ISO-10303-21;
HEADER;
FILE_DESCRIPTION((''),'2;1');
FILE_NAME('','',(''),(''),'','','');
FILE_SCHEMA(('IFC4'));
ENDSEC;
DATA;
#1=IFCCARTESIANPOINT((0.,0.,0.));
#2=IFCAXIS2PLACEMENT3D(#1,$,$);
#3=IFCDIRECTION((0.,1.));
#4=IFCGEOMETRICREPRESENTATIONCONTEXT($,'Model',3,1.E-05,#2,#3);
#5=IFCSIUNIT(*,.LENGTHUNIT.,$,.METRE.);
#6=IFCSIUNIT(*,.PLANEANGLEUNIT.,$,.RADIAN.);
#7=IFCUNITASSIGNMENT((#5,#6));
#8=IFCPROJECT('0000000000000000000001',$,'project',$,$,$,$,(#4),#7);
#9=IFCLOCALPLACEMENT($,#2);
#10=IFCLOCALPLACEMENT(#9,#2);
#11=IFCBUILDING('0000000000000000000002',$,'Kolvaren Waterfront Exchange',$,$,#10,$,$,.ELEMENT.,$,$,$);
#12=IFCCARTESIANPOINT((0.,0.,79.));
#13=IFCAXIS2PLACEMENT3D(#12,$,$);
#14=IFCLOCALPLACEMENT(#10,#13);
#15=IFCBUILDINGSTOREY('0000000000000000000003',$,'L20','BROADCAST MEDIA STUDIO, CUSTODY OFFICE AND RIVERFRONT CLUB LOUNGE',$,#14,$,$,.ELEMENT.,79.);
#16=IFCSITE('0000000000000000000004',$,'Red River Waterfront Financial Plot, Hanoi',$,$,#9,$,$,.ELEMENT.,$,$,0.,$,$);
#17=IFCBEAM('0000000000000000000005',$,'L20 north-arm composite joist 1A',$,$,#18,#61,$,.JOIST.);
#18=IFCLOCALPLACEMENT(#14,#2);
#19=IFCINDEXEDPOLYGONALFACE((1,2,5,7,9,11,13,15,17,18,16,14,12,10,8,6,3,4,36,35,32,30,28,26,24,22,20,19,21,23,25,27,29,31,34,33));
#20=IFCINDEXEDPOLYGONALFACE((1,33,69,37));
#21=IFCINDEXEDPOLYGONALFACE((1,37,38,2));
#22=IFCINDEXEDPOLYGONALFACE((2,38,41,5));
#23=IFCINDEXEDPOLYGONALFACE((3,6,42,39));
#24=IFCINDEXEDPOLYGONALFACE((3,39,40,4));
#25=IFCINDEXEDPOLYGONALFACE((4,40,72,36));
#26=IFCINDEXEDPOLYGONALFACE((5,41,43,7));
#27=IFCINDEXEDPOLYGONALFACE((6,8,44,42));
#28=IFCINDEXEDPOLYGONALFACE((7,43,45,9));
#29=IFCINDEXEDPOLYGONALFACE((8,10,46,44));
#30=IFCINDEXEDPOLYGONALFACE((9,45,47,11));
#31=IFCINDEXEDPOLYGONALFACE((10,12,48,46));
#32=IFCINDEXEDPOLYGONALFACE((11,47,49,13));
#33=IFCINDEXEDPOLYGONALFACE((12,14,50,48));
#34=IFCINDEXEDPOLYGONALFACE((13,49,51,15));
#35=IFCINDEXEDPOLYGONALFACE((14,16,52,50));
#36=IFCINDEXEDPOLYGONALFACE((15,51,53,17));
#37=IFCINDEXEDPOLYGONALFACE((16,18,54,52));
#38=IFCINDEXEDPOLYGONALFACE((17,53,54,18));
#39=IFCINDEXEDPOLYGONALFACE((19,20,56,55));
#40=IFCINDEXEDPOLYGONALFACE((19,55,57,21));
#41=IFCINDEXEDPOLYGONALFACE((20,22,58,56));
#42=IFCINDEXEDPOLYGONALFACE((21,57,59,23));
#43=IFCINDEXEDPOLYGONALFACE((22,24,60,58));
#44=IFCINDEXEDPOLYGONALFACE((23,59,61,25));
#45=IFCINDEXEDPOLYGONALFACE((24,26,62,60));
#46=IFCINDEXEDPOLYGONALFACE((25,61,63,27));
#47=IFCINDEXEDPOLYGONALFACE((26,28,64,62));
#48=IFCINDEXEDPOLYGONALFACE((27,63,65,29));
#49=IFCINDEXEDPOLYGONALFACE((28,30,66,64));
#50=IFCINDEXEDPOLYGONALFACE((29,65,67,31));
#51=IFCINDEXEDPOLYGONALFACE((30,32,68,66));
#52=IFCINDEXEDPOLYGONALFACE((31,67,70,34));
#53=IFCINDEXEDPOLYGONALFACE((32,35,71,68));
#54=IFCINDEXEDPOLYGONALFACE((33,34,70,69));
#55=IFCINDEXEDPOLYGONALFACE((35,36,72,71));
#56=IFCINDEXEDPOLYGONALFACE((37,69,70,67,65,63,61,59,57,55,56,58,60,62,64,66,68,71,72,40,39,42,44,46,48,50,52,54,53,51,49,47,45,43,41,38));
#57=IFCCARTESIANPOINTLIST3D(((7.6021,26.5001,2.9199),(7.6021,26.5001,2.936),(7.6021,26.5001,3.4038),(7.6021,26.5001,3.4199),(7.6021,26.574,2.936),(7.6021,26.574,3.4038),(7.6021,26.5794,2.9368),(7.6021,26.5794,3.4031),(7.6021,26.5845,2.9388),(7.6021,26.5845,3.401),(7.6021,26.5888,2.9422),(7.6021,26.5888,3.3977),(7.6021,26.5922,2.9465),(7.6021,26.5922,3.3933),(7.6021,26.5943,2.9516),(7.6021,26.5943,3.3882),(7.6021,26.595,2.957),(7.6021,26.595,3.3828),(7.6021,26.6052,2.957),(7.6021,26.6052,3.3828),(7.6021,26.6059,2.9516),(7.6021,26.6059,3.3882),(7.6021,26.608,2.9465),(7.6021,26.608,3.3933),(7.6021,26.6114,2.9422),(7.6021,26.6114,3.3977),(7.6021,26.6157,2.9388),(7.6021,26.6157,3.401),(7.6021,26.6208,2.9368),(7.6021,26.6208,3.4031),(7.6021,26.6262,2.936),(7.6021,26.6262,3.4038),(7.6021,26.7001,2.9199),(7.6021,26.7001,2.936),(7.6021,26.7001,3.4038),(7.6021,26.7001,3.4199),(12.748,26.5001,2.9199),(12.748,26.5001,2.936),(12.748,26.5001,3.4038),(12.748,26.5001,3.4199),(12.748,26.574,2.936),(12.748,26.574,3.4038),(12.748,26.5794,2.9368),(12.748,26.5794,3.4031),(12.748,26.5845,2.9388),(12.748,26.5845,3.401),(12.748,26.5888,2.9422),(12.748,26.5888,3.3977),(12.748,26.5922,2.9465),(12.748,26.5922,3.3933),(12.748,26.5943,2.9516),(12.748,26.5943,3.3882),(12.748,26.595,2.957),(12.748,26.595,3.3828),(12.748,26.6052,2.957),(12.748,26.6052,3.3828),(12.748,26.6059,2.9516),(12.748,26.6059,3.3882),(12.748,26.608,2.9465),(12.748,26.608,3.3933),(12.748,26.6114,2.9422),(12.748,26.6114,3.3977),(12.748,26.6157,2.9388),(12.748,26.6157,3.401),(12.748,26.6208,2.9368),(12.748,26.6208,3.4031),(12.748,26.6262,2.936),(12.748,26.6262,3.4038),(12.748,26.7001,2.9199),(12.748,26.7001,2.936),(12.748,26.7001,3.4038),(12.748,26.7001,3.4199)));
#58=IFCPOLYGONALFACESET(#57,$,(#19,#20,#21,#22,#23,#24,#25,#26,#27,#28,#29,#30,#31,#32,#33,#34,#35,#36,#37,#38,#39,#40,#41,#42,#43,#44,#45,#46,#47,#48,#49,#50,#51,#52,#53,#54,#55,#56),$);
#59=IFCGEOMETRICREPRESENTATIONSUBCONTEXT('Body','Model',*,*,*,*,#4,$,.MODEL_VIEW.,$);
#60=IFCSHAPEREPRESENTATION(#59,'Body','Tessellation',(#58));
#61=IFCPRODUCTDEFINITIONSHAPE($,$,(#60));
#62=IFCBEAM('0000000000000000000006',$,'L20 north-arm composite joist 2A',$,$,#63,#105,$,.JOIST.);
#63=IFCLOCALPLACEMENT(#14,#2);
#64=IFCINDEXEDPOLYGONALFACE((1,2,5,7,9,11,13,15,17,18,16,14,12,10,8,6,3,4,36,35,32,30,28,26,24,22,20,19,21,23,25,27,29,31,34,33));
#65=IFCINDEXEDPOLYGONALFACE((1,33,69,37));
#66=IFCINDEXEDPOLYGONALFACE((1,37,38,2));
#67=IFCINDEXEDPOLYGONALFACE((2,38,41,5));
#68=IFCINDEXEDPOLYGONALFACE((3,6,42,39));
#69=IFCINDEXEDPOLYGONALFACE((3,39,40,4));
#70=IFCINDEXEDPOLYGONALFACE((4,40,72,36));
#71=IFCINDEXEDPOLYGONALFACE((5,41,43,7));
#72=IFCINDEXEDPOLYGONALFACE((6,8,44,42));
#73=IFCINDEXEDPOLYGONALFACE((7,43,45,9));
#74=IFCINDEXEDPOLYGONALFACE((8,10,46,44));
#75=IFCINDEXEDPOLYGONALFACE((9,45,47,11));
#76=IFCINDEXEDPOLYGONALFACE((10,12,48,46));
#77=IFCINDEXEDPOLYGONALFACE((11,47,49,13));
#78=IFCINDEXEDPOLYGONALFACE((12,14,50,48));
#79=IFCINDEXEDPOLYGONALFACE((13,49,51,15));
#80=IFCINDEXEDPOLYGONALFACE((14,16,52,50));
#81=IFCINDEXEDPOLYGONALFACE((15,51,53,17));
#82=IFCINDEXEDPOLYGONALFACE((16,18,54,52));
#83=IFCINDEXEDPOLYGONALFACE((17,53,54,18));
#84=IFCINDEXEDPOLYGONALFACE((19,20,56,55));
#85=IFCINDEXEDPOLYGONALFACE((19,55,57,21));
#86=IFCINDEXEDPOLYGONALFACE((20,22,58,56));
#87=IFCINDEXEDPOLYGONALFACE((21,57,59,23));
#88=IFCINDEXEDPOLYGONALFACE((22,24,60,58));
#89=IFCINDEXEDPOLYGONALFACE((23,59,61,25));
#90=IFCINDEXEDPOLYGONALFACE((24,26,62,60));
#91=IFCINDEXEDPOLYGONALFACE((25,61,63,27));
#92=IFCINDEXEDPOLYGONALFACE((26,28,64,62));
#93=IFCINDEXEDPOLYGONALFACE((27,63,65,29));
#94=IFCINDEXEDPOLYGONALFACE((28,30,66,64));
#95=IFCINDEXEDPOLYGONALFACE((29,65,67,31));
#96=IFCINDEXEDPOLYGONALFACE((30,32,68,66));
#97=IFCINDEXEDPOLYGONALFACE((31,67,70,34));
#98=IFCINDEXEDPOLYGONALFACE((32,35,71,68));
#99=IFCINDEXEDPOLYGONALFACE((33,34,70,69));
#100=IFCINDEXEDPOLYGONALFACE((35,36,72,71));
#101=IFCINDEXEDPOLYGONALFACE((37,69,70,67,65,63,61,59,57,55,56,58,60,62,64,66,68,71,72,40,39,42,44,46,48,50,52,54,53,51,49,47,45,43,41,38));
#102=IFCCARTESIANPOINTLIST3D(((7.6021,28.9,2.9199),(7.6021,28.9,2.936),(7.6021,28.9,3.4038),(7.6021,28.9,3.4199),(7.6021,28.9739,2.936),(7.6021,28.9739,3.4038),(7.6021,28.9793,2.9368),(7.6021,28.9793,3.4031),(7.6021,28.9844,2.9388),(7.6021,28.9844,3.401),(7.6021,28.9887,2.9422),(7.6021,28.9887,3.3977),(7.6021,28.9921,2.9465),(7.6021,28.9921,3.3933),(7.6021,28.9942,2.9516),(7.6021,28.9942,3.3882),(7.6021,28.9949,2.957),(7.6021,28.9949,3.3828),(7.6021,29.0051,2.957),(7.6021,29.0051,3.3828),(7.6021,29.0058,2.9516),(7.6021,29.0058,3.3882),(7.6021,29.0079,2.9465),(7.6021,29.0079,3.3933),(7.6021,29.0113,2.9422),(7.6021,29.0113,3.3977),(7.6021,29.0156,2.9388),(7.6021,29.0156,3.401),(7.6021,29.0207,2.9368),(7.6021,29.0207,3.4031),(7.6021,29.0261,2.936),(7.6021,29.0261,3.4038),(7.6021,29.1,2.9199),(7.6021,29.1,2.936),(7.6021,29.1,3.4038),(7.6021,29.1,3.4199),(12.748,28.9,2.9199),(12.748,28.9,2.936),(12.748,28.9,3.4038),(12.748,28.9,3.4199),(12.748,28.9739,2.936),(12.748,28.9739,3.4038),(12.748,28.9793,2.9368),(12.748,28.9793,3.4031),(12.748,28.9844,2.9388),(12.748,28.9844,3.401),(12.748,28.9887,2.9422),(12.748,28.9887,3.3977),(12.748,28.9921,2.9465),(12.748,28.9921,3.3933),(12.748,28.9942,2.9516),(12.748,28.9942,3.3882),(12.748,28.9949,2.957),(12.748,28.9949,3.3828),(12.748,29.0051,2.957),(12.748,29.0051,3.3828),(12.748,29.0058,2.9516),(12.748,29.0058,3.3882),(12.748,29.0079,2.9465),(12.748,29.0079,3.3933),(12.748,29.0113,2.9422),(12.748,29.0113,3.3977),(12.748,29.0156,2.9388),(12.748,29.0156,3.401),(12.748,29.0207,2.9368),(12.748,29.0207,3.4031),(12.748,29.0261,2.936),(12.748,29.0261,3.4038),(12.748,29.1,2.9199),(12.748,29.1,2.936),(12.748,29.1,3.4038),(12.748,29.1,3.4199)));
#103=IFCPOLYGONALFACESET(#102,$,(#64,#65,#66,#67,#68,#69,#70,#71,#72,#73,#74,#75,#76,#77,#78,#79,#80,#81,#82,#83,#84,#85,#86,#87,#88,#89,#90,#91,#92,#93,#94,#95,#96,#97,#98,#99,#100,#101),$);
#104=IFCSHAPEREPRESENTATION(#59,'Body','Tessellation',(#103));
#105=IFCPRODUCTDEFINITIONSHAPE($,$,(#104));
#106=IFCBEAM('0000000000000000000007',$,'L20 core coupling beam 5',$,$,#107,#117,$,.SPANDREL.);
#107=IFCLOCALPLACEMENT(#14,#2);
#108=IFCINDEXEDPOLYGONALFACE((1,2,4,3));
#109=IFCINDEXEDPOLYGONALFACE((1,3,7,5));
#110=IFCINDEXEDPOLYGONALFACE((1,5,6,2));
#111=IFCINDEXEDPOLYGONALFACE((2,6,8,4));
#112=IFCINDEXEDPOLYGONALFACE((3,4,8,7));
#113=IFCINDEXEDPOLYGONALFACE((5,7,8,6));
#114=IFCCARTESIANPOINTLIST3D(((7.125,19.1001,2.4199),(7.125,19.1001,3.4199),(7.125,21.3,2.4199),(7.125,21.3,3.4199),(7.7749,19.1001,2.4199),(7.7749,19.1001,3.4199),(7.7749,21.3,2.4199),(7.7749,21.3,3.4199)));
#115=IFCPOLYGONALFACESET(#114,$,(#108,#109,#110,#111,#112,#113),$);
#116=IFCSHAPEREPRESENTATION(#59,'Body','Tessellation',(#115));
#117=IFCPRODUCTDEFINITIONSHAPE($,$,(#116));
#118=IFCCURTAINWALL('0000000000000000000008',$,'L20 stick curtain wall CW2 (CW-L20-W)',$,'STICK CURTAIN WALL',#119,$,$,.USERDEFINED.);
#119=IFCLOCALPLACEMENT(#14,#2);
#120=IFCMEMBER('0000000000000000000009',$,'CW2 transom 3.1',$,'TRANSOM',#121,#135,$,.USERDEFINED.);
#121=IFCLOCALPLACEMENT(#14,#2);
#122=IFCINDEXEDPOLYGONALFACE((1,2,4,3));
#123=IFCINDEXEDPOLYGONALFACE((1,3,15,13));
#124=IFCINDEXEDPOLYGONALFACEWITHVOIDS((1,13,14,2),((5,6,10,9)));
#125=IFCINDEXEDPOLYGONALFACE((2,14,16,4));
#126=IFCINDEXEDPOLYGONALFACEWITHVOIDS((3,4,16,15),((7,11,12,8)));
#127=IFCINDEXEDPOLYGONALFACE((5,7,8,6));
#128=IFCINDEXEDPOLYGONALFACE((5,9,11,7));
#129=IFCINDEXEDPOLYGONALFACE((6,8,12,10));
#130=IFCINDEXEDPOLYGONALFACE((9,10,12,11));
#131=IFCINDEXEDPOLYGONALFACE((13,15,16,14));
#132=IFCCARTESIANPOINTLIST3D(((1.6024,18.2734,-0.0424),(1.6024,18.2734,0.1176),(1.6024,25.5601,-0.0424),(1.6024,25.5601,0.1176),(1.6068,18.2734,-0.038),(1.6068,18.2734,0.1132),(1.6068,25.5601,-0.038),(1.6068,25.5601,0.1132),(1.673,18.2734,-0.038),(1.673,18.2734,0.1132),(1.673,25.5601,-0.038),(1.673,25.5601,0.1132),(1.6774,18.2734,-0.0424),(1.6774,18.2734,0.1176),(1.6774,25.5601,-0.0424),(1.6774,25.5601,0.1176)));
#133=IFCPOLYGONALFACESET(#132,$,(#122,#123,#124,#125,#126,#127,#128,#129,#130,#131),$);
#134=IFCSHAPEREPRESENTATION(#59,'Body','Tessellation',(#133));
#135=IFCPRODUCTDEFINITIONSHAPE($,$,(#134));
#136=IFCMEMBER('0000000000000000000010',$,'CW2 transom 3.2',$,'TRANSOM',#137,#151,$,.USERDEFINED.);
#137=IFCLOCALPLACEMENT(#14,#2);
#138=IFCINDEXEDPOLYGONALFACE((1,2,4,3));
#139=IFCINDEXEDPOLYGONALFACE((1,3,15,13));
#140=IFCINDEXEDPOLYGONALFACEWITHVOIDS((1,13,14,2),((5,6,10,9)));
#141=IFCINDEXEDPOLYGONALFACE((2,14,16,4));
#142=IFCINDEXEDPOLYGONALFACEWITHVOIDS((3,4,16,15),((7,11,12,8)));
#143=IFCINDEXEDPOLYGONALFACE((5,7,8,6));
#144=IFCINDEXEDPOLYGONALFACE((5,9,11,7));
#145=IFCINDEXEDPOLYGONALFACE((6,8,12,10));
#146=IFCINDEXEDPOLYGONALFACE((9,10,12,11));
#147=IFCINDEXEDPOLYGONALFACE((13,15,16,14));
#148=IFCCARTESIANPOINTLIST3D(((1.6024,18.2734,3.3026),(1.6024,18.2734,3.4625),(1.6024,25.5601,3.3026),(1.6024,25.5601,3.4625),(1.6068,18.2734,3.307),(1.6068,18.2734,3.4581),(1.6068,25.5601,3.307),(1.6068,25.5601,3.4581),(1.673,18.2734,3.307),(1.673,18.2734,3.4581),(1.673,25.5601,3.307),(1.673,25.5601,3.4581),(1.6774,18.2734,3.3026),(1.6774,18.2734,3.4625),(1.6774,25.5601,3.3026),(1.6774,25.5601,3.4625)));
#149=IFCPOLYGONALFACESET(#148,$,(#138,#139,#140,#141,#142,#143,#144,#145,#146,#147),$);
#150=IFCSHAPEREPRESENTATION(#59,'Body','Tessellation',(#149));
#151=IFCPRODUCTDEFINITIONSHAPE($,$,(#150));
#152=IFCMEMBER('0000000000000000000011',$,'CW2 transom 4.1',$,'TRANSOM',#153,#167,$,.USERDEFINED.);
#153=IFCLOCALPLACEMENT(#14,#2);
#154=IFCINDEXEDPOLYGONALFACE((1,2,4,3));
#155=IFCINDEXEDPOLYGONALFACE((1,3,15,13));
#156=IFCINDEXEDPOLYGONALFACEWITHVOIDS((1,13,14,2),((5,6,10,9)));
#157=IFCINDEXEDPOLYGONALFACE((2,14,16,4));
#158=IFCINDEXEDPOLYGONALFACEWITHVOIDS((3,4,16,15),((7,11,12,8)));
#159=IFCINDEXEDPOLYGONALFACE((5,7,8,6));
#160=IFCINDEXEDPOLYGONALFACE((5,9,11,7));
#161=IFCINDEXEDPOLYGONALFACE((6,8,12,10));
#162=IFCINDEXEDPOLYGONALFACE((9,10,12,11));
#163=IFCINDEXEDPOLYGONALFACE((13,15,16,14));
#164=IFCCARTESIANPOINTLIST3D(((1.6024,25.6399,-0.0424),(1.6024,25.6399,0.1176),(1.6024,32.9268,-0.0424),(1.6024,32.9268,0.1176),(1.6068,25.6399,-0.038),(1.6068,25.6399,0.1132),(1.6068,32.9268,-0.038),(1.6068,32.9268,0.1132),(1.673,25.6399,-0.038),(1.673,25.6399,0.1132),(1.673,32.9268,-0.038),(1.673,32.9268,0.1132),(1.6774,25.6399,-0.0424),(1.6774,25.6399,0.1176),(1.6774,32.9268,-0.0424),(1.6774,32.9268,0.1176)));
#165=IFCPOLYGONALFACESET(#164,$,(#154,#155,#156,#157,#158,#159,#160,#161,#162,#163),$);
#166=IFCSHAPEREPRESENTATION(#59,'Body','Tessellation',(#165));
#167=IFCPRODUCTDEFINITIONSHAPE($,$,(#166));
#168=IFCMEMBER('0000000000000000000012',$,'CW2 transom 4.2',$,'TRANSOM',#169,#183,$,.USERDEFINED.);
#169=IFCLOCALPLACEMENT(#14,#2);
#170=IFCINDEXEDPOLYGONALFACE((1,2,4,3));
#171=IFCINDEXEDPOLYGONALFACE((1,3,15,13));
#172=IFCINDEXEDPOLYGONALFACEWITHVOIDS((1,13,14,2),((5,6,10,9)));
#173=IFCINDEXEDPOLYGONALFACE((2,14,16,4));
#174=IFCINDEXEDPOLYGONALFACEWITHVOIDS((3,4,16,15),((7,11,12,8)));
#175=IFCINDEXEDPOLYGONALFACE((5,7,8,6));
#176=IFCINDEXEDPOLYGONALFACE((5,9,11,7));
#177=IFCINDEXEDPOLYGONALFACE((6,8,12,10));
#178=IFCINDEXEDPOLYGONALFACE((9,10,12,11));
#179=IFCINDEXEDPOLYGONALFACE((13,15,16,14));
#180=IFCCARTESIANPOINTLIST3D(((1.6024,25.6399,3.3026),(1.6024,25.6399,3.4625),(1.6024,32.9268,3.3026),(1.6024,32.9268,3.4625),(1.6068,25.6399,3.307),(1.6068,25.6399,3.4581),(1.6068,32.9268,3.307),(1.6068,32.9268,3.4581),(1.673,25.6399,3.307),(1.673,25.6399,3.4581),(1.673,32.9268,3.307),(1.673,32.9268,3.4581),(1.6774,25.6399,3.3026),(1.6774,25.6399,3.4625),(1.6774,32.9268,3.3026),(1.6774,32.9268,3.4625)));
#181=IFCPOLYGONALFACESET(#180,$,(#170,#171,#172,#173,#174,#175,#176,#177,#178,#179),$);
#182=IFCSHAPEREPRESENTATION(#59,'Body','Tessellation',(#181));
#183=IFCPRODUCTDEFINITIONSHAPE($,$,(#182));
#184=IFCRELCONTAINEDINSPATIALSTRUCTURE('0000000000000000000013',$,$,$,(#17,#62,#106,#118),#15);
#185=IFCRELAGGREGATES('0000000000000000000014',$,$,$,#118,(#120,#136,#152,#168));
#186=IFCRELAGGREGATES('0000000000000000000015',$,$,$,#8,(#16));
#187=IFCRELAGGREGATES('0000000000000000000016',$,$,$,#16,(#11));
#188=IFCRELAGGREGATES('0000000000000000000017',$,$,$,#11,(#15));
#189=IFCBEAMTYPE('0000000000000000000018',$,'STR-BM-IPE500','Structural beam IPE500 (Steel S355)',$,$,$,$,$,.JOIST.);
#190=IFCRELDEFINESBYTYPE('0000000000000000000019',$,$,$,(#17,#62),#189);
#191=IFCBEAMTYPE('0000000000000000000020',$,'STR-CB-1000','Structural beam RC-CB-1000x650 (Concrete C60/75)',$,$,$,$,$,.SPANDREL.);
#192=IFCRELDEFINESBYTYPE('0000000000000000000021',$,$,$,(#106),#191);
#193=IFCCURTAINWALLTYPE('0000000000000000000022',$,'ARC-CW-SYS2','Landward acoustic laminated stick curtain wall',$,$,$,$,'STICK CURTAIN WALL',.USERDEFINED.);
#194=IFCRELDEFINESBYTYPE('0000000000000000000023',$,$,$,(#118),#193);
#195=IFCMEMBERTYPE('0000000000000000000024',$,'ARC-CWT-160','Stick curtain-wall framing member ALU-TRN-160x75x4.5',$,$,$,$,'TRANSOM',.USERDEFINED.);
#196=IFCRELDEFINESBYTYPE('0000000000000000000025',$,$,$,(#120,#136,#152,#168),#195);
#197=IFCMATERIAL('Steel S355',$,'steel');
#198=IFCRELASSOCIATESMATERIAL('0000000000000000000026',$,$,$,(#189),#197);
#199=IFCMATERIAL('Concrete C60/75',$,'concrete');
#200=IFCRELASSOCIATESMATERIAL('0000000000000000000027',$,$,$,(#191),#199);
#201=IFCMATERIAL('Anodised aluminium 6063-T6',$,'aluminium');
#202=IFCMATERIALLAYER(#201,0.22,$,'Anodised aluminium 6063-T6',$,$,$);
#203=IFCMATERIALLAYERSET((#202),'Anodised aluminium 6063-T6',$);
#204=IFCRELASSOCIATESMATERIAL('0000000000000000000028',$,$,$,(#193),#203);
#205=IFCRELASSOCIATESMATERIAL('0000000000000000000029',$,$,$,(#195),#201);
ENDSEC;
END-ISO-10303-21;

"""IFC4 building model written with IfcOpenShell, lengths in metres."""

from ifc_helpers import new_model, si_unit, direction, frame, origin, origin_with_axes, origin_2d, place, context, subcontext, project, spatial, rectangle, hollow_rectangle, i_section, extrude, source, transform, mapped, material, layer, layer_set, material_profile, profile_set, type_object, element, aggregate, save


model = new_model("IFC4")

# Units and contexts
model_context = context("Model", 3, precision=1e-05, world=origin(), true_north=direction((0.0, 1.0)))
body_context = subcontext(model_context, "Body", "Model", "MODEL_VIEW")
ifc_project = project(units=[si_unit("LENGTHUNIT", "METRE"), si_unit("PLANEANGLEUNIT", "RADIAN")], contexts=[model_context])

# Site, building, storey
site_placement = place(None, origin())
site = spatial("IfcSite", under=ifc_project, at=site_placement, Name="Red River Waterfront Financial Plot, Hanoi", CompositionType="ELEMENT", RefElevation=0.0)
building_placement = place(site_placement, origin())
building = spatial("IfcBuilding", under=site, at=building_placement, Name="Kolvaren Waterfront Exchange", CompositionType="ELEMENT")
storey_placement = place(building_placement, frame((0.0, 0.0, 79.0)))
storey = spatial("IfcBuildingStorey", under=building, at=storey_placement, Name="L20", Description="BROADCAST MEDIA STUDIO, CUSTODY OFFICE AND RIVERFRONT CLUB LOUNGE", CompositionType="ELEMENT", Elevation=79.0)

# Beams
ifc_material_1 = material(Name="Steel S355", Category="steel")
ifc_material_profile_1 = material_profile(ifc_material_1, i_section(OverallWidth=0.2, OverallDepth=0.5, WebThickness=0.0103, FlangeThickness=0.0161, FilletRadius=0.021, at=origin_2d()), Name="IPE500")
ifc_profile_set_1 = profile_set([ifc_material_profile_1], Name="Steel S355")
beam_type_1 = type_object("IfcBeamType", Name="STR-BM-IPE500", Description="Structural beam IPE500 (Steel S355)", PredefinedType="JOIST", material=ifc_profile_set_1)
for number, where, z_axis, x_axis, name in (
    (1, (7.6021, 26.6001, 3.1699), (1.0, 0.0, 0.0), (0.0, 1.0, 0.0), "L20 north-arm composite joist 1A"),
    (2, (7.6021, 29.0, 3.1699), (1.0, 0.0, 0.0), (0.0, 1.0, 0.0), "L20 north-arm composite joist 2A"),
):
    element("IfcBeam", number, at=place(storey_placement, frame(where, z_axis=z_axis, x_axis=x_axis)), inside=storey, type_object=beam_type_1, Name=name, PredefinedType="JOIST", context=body_context, shape_type="SweptSolid", body=[
        extrude(i_section(OverallWidth=0.2, OverallDepth=0.5, WebThickness=0.0103, FlangeThickness=0.0161, FilletRadius=0.021, at=origin_2d()), origin(), (0.0, 0.0, 1.0), 5.146),
    ])
ifc_material_2 = material(Name="Concrete C60/75", Category="concrete")
ifc_material_profile_2 = material_profile(ifc_material_2, rectangle(XDim=0.6499, YDim=1.0, at=origin_2d()), Name="RC-CB-1000x650")
ifc_profile_set_2 = profile_set([ifc_material_profile_2], Name="Concrete C60/75")
beam_type_2 = type_object("IfcBeamType", Name="STR-CB-1000", Description="Structural beam RC-CB-1000x650 (Concrete C60/75)", PredefinedType="SPANDREL", material=ifc_profile_set_2)
beam_1_placement = place(storey_placement, frame((7.45, 19.1001, 2.9199), z_axis=(0.0, 1.0, 0.0), x_axis=(-1.0, 0.0, 0.0)))
element("IfcBeam", 3, at=beam_1_placement, inside=storey, type_object=beam_type_2, Name="L20 core coupling beam 5", PredefinedType="SPANDREL", context=body_context, shape_type="SweptSolid", body=[
    extrude(rectangle(XDim=0.6499, YDim=1.0, at=origin_2d()), origin(), (0.0, 0.0, 1.0), 2.2),
])

# Curtain wall, members
ifc_material_3 = material(Name="Anodised aluminium 6063-T6", Category="aluminium")
ifc_layer_1 = layer(ifc_material_3, 0.22, Name="Anodised aluminium 6063-T6")
ifc_layer_set_1 = layer_set([ifc_layer_1], Name="Anodised aluminium 6063-T6")
curtain_wall_type = type_object("IfcCurtainWallType", Name="ARC-CW-SYS2", Description="Landward acoustic laminated stick curtain wall", ElementType="STICK CURTAIN WALL", PredefinedType="USERDEFINED", material=ifc_layer_set_1)
curtain_wall_placement = place(storey_placement, origin())
curtain_wall = element("IfcCurtainWall", 4, at=curtain_wall_placement, inside=storey, type_object=curtain_wall_type, Name="L20 stick curtain wall CW2 (CW-L20-W)", ObjectType="STICK CURTAIN WALL", PredefinedType="USERDEFINED")
ifc_material_profile_3 = material_profile(ifc_material_3, hollow_rectangle(XDim=0.075, YDim=0.1599, WallThickness=0.0044, at=origin_2d()), Name="ALU-TRN-160x75x4.5")
ifc_profile_set_3 = profile_set([ifc_material_profile_3], Name="Anodised aluminium 6063-T6")
member_type_1 = type_object("IfcMemberType", Name="ARC-CWT-160", Description="Stick curtain-wall framing member ALU-TRN-160x75x4.5", ElementType="TRANSOM", PredefinedType="USERDEFINED", material=ifc_profile_set_3)
shared_shape_1 = source(origin_with_axes(), body_context, "Body", "SweptSolid", [
    extrude(hollow_rectangle(XDim=0.075, YDim=0.1599, WallThickness=0.0044, at=origin_2d()), origin(), (0.0, 0.0, 1.0), 7.2866),
])
member_1_placement = place(storey_placement, frame((1.6399, 18.2734, 0.0376), z_axis=(0.0, 1.0, 0.0), x_axis=(-1.0, 0.0, 0.0)))
member_1 = element("IfcMember", 5, at=member_1_placement, type_object=member_type_1, Name="CW2 transom 3.1", ObjectType="TRANSOM", PredefinedType="USERDEFINED", context=body_context, shape_type="MappedRepresentation", body=[
    mapped(shared_shape_1, transform((0.0, 0.0, 0.0), x_axis=(1.0, 0.0, 0.0), y_axis=(0.0, 1.0, 0.0), z_axis=(0.0, 0.0, 1.0), scale=1.0)),
])
member_2_placement = place(storey_placement, frame((1.6399, 18.2734, 3.3826), z_axis=(0.0, 1.0, 0.0), x_axis=(-1.0, 0.0, 0.0)))
member_2 = element("IfcMember", 6, at=member_2_placement, type_object=member_type_1, Name="CW2 transom 3.2", ObjectType="TRANSOM", PredefinedType="USERDEFINED", context=body_context, shape_type="MappedRepresentation", body=[
    mapped(shared_shape_1, transform((0.0, 0.0, 0.0), x_axis=(1.0, 0.0, 0.0), y_axis=(0.0, 1.0, 0.0), z_axis=(0.0, 0.0, 1.0), scale=1.0)),
])
shared_shape_2 = source(origin_with_axes(), body_context, "Body", "SweptSolid", [
    extrude(hollow_rectangle(XDim=0.075, YDim=0.1599, WallThickness=0.0044, at=origin_2d()), origin(), (0.0, 0.0, 1.0), 7.2869),
])
member_3_placement = place(storey_placement, frame((1.6399, 25.6399, 0.0376), z_axis=(0.0, 1.0, 0.0), x_axis=(-1.0, 0.0, 0.0)))
member_3 = element("IfcMember", 7, at=member_3_placement, type_object=member_type_1, Name="CW2 transom 4.1", ObjectType="TRANSOM", PredefinedType="USERDEFINED", context=body_context, shape_type="MappedRepresentation", body=[
    mapped(shared_shape_2, transform((0.0, 0.0, 0.0), x_axis=(1.0, 0.0, 0.0), y_axis=(0.0, 1.0, 0.0), z_axis=(0.0, 0.0, 1.0), scale=1.0)),
])
member_4_placement = place(storey_placement, frame((1.6399, 25.6399, 3.3826), z_axis=(0.0, 1.0, 0.0), x_axis=(-1.0, 0.0, 0.0)))
member_4 = element("IfcMember", 8, at=member_4_placement, type_object=member_type_1, Name="CW2 transom 4.2", ObjectType="TRANSOM", PredefinedType="USERDEFINED", context=body_context, shape_type="MappedRepresentation", body=[
    mapped(shared_shape_2, transform((0.0, 0.0, 0.0), x_axis=(1.0, 0.0, 0.0), y_axis=(0.0, 1.0, 0.0), z_axis=(0.0, 0.0, 1.0), scale=1.0)),
])
aggregate(curtain_wall, [member_1, member_2, member_3, member_4])

save(model, "model.ifc")
